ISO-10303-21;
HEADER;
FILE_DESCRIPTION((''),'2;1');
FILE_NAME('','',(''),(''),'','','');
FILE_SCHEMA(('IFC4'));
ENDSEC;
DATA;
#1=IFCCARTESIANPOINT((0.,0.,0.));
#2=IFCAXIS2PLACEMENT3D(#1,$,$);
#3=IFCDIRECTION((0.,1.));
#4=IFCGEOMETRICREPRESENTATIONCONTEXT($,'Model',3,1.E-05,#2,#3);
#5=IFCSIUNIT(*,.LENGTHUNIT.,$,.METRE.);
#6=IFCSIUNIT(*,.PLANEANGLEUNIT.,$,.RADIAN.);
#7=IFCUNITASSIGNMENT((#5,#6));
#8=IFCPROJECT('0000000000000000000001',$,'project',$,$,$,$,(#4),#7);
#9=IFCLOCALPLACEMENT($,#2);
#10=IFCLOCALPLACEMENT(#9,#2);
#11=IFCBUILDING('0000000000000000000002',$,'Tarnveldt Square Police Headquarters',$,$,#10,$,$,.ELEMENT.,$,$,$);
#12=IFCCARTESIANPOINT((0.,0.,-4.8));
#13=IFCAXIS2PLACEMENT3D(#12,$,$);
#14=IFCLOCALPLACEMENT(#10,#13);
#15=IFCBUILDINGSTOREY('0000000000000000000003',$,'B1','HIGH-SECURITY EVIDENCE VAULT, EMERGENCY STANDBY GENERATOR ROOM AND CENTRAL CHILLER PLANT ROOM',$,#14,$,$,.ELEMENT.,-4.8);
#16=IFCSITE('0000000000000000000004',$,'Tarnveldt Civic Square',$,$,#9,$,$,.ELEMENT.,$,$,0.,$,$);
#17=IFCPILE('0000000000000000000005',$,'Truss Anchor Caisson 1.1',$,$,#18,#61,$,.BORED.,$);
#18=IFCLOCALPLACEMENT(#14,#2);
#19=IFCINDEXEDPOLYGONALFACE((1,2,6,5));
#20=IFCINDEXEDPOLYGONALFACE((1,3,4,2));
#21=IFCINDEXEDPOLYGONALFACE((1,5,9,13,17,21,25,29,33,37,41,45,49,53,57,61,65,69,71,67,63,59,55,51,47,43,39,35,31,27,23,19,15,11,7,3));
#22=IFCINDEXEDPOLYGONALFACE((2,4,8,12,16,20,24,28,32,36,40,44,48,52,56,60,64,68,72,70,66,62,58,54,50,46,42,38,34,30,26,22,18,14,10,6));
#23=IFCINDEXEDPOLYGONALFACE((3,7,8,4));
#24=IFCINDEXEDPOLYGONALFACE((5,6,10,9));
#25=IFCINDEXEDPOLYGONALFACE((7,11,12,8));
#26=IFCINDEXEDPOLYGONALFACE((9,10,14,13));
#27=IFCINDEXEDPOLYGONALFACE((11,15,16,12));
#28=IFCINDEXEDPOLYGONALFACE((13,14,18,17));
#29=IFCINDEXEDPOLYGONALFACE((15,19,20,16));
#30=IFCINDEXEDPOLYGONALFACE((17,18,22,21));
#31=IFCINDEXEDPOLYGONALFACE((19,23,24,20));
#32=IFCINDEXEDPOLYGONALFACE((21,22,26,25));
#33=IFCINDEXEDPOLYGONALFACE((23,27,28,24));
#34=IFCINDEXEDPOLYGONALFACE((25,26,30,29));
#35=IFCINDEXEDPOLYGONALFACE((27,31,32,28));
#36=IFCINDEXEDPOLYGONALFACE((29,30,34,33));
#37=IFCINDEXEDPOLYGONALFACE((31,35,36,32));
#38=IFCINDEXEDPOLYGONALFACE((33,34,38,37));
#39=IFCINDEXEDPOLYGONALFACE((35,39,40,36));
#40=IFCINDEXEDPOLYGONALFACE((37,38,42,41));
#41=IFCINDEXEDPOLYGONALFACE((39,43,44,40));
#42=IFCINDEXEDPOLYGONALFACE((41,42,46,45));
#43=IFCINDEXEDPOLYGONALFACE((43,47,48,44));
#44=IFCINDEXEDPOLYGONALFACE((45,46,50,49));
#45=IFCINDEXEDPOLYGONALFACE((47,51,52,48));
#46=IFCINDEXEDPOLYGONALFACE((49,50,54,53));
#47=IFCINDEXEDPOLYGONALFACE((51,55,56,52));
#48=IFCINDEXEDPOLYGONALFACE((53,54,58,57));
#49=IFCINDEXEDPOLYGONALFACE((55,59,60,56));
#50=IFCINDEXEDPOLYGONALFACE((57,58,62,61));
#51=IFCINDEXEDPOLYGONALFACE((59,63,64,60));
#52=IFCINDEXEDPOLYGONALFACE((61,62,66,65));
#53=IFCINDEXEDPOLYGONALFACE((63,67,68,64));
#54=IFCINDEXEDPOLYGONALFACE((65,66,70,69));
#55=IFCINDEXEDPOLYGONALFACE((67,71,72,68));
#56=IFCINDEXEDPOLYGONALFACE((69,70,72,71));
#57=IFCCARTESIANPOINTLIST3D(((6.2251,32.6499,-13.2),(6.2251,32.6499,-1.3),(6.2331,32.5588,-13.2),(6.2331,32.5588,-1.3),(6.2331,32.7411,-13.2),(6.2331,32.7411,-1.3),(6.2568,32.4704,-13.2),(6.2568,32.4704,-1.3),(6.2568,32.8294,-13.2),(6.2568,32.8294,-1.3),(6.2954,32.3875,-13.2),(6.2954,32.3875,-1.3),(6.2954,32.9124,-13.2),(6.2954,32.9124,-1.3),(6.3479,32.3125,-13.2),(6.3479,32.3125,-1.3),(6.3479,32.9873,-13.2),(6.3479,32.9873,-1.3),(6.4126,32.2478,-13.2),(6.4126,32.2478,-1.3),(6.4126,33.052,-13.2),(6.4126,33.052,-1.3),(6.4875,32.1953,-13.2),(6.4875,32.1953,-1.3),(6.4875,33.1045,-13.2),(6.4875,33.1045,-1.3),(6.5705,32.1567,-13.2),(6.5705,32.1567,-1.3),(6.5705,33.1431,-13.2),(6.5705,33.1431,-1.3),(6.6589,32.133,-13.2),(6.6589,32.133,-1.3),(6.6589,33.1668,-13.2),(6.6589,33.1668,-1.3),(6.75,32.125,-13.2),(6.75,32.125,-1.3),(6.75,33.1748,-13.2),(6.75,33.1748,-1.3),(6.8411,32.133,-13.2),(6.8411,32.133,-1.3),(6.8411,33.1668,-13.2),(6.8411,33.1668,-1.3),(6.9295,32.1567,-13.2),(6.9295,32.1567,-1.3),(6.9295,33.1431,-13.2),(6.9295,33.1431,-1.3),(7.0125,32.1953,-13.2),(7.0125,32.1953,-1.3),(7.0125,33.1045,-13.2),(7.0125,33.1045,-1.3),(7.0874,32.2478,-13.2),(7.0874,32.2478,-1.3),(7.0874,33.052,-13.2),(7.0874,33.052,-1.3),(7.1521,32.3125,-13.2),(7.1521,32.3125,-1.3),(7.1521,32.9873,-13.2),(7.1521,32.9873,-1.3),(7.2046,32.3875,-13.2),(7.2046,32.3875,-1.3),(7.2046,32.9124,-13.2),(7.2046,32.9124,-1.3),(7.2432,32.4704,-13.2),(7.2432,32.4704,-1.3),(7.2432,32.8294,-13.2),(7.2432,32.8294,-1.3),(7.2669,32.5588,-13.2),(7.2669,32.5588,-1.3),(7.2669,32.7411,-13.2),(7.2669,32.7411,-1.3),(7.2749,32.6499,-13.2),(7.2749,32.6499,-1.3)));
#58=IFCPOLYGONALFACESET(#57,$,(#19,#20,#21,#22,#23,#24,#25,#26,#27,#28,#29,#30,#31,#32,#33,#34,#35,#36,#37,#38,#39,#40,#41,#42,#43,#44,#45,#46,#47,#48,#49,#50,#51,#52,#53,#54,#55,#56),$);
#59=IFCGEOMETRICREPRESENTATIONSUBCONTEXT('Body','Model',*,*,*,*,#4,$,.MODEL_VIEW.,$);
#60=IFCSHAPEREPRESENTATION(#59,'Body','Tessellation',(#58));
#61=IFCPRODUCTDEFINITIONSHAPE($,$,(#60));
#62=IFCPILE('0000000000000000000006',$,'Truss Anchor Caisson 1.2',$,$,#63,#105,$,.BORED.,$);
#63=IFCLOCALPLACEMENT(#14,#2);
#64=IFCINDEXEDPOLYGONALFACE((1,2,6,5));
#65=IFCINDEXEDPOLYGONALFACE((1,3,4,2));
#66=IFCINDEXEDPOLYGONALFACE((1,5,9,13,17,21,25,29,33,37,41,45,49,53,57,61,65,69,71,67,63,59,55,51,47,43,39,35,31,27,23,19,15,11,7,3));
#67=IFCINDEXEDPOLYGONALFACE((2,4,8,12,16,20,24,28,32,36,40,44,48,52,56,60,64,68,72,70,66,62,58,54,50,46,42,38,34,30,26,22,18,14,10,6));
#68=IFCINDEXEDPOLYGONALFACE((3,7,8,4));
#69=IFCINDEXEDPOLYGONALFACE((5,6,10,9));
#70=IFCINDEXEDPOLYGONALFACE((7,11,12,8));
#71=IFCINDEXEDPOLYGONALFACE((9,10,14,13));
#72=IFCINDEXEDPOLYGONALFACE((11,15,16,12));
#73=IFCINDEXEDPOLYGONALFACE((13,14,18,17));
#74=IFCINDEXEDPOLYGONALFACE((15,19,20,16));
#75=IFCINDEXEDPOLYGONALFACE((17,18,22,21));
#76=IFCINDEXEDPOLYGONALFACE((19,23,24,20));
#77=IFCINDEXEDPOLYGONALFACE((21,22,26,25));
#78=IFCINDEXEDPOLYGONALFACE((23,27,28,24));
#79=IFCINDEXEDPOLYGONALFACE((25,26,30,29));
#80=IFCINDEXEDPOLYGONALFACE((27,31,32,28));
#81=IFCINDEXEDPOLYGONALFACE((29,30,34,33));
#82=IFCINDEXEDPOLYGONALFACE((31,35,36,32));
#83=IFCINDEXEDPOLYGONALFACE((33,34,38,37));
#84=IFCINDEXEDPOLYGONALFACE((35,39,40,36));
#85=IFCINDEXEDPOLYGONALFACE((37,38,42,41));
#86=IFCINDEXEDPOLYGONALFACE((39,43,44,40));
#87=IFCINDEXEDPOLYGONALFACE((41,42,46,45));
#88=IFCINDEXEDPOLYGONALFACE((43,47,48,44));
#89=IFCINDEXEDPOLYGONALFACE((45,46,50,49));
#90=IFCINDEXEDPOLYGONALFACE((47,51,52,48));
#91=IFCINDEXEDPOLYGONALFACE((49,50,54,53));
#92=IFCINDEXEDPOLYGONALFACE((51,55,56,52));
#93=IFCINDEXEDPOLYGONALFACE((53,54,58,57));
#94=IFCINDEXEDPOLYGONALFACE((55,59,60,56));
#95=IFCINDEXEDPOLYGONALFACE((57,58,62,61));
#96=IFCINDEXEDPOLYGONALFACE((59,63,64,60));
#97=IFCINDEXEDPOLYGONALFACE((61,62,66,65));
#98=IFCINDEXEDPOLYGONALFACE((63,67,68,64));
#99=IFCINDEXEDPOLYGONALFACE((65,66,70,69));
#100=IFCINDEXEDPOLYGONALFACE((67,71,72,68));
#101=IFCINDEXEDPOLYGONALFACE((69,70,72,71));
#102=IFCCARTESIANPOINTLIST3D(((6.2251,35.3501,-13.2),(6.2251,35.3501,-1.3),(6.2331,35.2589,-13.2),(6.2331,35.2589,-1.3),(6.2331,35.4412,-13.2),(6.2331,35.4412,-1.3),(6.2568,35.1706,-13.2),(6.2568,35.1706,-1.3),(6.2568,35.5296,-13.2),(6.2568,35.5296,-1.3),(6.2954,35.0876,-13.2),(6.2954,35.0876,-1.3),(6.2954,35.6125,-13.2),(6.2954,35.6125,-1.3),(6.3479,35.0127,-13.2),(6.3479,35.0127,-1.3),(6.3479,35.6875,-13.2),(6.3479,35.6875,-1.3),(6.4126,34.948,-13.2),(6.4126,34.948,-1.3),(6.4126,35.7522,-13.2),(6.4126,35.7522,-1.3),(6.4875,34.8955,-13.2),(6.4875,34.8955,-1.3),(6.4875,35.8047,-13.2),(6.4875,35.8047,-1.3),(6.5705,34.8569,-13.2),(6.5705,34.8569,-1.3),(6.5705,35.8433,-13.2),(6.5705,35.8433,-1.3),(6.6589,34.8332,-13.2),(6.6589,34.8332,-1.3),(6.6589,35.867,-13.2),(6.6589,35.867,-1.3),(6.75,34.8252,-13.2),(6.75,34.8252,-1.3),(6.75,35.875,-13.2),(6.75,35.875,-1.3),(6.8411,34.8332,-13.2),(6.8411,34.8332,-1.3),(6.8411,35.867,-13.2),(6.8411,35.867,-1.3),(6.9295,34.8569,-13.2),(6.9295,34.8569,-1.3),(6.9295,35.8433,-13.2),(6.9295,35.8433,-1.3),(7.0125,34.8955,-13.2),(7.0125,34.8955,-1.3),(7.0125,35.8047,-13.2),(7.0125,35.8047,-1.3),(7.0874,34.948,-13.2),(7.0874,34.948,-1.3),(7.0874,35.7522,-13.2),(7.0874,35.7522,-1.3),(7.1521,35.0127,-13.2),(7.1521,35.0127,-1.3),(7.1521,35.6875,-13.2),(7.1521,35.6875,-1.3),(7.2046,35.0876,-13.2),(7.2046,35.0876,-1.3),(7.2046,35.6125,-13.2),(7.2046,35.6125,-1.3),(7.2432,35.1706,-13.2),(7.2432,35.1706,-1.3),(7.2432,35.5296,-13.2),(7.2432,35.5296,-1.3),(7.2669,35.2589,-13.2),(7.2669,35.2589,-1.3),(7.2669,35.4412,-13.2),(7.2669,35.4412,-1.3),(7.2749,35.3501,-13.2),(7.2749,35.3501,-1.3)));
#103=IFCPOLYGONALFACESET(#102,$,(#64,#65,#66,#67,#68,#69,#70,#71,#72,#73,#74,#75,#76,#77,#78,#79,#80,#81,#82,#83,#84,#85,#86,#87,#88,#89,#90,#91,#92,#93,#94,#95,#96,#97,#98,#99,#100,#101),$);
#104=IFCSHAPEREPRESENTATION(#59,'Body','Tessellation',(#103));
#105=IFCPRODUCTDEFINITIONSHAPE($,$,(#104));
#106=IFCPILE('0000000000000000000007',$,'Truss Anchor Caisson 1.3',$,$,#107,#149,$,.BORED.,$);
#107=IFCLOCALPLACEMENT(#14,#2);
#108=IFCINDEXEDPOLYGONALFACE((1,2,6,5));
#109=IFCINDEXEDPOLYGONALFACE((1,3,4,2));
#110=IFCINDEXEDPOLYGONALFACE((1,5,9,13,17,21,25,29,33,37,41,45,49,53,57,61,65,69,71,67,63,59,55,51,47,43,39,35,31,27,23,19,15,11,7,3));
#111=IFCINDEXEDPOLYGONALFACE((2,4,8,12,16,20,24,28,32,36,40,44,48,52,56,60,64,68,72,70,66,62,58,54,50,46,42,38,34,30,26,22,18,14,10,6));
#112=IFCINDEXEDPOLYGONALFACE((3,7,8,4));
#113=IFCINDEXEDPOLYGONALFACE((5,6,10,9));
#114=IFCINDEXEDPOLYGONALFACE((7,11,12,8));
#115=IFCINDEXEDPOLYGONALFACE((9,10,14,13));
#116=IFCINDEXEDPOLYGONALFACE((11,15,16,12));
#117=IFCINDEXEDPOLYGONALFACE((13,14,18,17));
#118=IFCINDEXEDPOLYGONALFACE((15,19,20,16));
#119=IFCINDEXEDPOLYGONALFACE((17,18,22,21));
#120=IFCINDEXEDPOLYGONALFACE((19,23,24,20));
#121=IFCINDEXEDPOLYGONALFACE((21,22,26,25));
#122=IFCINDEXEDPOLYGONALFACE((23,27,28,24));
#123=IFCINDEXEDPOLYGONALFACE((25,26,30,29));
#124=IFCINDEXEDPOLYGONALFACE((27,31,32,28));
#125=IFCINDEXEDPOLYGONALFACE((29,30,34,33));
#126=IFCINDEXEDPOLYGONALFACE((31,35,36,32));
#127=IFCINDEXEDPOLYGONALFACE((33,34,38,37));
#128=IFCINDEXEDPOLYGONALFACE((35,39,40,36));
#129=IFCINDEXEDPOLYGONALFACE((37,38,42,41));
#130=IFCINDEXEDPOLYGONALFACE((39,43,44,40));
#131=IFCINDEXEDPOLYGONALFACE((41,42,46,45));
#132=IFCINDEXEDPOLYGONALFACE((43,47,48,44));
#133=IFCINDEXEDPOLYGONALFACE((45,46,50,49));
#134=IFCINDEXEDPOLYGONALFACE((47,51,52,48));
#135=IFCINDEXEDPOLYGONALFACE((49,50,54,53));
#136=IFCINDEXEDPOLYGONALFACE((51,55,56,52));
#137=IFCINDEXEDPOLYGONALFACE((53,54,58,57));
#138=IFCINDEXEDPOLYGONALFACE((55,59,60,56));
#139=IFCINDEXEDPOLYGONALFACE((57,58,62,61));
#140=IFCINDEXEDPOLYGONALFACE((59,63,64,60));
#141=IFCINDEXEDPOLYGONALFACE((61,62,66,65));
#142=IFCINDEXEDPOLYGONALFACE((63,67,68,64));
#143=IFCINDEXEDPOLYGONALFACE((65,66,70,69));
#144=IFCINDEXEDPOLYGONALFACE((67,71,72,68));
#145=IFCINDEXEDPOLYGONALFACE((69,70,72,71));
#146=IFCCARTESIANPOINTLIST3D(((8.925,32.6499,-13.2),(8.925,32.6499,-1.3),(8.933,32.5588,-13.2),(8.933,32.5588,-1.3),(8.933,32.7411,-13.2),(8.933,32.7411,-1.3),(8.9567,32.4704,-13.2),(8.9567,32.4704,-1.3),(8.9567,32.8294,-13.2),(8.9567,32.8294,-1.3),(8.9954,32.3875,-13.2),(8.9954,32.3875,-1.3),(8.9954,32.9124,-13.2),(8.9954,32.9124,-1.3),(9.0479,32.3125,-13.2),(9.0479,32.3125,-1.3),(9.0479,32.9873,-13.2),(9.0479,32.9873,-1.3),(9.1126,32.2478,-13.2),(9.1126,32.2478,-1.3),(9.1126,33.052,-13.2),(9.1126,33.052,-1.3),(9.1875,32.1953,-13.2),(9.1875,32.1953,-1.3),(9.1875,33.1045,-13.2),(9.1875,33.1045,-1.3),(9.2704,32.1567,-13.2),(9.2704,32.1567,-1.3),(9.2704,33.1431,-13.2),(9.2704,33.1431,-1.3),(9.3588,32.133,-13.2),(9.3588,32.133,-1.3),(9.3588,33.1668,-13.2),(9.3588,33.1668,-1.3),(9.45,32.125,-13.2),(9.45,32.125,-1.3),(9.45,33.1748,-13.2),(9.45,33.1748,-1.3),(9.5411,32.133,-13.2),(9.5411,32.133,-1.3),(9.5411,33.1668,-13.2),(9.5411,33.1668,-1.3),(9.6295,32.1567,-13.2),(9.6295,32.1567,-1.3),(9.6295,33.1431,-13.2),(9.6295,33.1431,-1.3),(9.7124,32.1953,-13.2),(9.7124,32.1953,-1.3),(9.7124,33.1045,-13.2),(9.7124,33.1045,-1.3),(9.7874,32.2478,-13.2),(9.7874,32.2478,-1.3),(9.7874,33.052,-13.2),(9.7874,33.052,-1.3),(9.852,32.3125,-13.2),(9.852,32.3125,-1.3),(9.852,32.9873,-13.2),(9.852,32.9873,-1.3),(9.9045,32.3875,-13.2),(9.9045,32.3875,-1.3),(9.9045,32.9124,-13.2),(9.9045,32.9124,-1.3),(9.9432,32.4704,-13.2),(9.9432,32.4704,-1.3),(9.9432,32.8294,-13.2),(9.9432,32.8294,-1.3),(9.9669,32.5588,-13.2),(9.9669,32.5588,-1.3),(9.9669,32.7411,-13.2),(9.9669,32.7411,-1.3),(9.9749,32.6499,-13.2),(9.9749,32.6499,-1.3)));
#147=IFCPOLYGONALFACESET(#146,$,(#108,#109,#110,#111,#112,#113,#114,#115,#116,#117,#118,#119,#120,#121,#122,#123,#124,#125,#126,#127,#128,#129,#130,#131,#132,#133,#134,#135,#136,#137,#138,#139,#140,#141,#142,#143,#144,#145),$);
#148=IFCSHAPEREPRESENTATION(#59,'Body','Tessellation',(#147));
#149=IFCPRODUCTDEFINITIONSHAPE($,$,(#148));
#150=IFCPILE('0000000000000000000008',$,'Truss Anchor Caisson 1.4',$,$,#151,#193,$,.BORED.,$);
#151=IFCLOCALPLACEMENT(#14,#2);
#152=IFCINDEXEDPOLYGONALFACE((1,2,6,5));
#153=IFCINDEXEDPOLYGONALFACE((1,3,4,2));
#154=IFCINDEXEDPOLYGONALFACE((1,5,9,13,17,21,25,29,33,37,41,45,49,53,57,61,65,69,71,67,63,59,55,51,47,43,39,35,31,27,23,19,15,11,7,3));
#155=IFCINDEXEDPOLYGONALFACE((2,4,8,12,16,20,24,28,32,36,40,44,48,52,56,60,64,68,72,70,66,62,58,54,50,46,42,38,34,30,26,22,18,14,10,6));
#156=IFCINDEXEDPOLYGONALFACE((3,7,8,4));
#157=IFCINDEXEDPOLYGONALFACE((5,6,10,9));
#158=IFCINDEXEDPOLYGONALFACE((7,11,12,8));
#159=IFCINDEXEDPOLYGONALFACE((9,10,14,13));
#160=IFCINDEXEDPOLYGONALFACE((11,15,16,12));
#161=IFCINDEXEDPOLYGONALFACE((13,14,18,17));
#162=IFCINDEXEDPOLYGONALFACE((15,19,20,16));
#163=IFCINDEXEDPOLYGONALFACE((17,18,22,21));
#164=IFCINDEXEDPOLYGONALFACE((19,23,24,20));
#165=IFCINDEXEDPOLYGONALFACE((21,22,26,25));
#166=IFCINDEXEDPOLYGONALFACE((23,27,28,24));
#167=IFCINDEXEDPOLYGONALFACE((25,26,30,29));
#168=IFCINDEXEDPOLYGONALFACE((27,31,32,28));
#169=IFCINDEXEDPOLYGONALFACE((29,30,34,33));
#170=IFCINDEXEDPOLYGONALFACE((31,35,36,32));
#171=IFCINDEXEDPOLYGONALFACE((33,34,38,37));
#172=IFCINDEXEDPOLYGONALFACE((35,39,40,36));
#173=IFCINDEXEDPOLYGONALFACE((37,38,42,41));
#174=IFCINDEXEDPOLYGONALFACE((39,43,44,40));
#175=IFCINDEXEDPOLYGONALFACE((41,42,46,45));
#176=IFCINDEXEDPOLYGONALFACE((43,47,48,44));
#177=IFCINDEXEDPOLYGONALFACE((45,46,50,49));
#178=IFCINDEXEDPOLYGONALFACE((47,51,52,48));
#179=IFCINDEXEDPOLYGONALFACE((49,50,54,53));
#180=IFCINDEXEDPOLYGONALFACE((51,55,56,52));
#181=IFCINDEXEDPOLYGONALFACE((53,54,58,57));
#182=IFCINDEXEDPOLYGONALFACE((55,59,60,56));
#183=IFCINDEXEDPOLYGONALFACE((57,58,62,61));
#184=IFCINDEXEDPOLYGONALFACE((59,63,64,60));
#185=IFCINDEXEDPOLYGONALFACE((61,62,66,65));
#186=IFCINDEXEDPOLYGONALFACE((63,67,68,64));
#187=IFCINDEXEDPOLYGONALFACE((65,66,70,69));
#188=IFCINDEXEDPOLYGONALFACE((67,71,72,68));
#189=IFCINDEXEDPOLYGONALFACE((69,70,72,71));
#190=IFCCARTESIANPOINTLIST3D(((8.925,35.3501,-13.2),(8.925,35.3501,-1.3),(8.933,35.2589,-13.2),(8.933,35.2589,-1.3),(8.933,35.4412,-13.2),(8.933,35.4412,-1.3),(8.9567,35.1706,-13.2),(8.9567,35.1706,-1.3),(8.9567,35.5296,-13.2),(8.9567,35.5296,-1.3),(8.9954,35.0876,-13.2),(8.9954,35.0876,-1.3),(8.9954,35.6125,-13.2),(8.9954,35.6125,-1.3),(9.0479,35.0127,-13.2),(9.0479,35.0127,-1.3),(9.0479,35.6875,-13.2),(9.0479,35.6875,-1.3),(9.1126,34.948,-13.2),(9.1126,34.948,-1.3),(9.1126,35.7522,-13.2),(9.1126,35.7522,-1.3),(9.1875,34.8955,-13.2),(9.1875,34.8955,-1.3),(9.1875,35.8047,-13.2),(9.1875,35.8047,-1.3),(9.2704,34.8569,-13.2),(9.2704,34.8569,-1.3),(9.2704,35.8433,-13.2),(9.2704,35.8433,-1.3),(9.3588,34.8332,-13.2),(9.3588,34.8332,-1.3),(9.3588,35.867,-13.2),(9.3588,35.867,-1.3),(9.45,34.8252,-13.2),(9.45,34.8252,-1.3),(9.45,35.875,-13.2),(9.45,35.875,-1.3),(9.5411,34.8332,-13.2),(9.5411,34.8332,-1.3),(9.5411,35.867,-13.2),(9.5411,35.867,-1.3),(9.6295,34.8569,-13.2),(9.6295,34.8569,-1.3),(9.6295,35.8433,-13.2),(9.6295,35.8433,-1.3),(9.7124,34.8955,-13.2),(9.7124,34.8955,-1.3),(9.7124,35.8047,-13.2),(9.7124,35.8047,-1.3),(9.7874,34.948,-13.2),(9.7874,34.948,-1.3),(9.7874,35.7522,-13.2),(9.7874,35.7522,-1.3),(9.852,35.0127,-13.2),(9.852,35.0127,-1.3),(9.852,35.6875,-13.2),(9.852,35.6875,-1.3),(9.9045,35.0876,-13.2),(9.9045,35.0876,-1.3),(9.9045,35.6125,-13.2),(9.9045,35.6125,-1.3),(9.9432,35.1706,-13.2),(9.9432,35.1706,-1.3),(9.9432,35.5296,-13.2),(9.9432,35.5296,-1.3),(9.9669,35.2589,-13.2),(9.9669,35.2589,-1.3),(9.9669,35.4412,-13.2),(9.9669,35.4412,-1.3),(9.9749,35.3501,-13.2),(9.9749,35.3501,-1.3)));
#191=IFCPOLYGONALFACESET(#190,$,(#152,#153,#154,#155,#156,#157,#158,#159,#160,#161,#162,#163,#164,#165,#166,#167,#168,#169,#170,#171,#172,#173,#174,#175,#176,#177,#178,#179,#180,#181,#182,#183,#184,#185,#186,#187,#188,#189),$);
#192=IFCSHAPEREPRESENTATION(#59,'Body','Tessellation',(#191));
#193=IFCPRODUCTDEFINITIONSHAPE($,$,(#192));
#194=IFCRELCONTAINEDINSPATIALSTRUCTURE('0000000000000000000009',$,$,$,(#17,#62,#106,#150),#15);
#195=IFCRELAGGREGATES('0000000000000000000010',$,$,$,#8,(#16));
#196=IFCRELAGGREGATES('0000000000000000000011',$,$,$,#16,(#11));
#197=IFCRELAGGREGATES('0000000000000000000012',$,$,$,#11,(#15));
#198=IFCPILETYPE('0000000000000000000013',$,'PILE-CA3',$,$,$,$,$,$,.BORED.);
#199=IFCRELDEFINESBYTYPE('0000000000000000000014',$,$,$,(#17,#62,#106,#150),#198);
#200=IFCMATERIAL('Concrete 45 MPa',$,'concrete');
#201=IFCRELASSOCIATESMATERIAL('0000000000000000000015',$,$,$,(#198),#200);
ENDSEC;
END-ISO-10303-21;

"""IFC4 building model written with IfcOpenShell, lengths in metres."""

from ifc_helpers import new_model, si_unit, direction, frame, origin, origin_2d, place, context, subcontext, project, spatial, circle, extrude, material, material_profile, profile_set, type_object, element, save


model = new_model("IFC4")

# Units and contexts
model_context = context("Model", 3, precision=1e-05, world=origin(), true_north=direction((0.0, 1.0)))
body_context = subcontext(model_context, "Body", "Model", "MODEL_VIEW")
ifc_project = project(units=[si_unit("LENGTHUNIT", "METRE"), si_unit("PLANEANGLEUNIT", "RADIAN")], contexts=[model_context])

# Site, building, storey
site_placement = place(None, origin())
site = spatial("IfcSite", under=ifc_project, at=site_placement, Name="Tarnveldt Civic Square", CompositionType="ELEMENT", RefElevation=0.0)
building_placement = place(site_placement, origin())
building = spatial("IfcBuilding", under=site, at=building_placement, Name="Tarnveldt Square Police Headquarters", CompositionType="ELEMENT")
storey_placement = place(building_placement, frame((0.0, 0.0, -4.8)))
storey = spatial("IfcBuildingStorey", under=building, at=storey_placement, Name="B1", Description="HIGH-SECURITY EVIDENCE VAULT, EMERGENCY STANDBY GENERATOR ROOM AND CENTRAL CHILLER PLANT ROOM", CompositionType="ELEMENT", Elevation=-4.8)

# Shared definitions
ifc_material_1 = material(Name="Concrete 45 MPa", Category="concrete")

# Piles
ifc_material_profile_1 = material_profile(ifc_material_1, circle(Radius=0.5249, at=origin_2d()), Name="CAISSON-D1050")
ifc_profile_set_1 = profile_set([ifc_material_profile_1], Name="Concrete 45 MPa")
pile_type_1 = type_object("IfcPileType", Name="PILE-CA3", PredefinedType="BORED", material=ifc_profile_set_1)
for number, where, z_axis, x_axis, name in (
    (1, (6.75, 32.6499, -1.3), (0.0, 0.0, -1.0), (1.0, 0.0, 0.0), "Truss Anchor Caisson 1.1"),
    (2, (6.75, 35.3501, -1.3), (0.0, 0.0, -1.0), (1.0, 0.0, 0.0), "Truss Anchor Caisson 1.2"),
    (3, (9.45, 32.6499, -1.3), (0.0, 0.0, -1.0), (1.0, 0.0, 0.0), "Truss Anchor Caisson 1.3"),
    (4, (9.45, 35.3501, -1.3), (0.0, 0.0, -1.0), (1.0, 0.0, 0.0), "Truss Anchor Caisson 1.4"),
):
    element("IfcPile", number, at=place(storey_placement, frame(where, z_axis=z_axis, x_axis=x_axis)), inside=storey, type_object=pile_type_1, Name=name, PredefinedType="BORED", context=body_context, shape_type="SweptSolid", body=[
        extrude(circle(Radius=0.5249, at=origin_2d()), origin(), (0.0, 0.0, 1.0), 11.8999),
    ])

save(model, "model.ifc")
